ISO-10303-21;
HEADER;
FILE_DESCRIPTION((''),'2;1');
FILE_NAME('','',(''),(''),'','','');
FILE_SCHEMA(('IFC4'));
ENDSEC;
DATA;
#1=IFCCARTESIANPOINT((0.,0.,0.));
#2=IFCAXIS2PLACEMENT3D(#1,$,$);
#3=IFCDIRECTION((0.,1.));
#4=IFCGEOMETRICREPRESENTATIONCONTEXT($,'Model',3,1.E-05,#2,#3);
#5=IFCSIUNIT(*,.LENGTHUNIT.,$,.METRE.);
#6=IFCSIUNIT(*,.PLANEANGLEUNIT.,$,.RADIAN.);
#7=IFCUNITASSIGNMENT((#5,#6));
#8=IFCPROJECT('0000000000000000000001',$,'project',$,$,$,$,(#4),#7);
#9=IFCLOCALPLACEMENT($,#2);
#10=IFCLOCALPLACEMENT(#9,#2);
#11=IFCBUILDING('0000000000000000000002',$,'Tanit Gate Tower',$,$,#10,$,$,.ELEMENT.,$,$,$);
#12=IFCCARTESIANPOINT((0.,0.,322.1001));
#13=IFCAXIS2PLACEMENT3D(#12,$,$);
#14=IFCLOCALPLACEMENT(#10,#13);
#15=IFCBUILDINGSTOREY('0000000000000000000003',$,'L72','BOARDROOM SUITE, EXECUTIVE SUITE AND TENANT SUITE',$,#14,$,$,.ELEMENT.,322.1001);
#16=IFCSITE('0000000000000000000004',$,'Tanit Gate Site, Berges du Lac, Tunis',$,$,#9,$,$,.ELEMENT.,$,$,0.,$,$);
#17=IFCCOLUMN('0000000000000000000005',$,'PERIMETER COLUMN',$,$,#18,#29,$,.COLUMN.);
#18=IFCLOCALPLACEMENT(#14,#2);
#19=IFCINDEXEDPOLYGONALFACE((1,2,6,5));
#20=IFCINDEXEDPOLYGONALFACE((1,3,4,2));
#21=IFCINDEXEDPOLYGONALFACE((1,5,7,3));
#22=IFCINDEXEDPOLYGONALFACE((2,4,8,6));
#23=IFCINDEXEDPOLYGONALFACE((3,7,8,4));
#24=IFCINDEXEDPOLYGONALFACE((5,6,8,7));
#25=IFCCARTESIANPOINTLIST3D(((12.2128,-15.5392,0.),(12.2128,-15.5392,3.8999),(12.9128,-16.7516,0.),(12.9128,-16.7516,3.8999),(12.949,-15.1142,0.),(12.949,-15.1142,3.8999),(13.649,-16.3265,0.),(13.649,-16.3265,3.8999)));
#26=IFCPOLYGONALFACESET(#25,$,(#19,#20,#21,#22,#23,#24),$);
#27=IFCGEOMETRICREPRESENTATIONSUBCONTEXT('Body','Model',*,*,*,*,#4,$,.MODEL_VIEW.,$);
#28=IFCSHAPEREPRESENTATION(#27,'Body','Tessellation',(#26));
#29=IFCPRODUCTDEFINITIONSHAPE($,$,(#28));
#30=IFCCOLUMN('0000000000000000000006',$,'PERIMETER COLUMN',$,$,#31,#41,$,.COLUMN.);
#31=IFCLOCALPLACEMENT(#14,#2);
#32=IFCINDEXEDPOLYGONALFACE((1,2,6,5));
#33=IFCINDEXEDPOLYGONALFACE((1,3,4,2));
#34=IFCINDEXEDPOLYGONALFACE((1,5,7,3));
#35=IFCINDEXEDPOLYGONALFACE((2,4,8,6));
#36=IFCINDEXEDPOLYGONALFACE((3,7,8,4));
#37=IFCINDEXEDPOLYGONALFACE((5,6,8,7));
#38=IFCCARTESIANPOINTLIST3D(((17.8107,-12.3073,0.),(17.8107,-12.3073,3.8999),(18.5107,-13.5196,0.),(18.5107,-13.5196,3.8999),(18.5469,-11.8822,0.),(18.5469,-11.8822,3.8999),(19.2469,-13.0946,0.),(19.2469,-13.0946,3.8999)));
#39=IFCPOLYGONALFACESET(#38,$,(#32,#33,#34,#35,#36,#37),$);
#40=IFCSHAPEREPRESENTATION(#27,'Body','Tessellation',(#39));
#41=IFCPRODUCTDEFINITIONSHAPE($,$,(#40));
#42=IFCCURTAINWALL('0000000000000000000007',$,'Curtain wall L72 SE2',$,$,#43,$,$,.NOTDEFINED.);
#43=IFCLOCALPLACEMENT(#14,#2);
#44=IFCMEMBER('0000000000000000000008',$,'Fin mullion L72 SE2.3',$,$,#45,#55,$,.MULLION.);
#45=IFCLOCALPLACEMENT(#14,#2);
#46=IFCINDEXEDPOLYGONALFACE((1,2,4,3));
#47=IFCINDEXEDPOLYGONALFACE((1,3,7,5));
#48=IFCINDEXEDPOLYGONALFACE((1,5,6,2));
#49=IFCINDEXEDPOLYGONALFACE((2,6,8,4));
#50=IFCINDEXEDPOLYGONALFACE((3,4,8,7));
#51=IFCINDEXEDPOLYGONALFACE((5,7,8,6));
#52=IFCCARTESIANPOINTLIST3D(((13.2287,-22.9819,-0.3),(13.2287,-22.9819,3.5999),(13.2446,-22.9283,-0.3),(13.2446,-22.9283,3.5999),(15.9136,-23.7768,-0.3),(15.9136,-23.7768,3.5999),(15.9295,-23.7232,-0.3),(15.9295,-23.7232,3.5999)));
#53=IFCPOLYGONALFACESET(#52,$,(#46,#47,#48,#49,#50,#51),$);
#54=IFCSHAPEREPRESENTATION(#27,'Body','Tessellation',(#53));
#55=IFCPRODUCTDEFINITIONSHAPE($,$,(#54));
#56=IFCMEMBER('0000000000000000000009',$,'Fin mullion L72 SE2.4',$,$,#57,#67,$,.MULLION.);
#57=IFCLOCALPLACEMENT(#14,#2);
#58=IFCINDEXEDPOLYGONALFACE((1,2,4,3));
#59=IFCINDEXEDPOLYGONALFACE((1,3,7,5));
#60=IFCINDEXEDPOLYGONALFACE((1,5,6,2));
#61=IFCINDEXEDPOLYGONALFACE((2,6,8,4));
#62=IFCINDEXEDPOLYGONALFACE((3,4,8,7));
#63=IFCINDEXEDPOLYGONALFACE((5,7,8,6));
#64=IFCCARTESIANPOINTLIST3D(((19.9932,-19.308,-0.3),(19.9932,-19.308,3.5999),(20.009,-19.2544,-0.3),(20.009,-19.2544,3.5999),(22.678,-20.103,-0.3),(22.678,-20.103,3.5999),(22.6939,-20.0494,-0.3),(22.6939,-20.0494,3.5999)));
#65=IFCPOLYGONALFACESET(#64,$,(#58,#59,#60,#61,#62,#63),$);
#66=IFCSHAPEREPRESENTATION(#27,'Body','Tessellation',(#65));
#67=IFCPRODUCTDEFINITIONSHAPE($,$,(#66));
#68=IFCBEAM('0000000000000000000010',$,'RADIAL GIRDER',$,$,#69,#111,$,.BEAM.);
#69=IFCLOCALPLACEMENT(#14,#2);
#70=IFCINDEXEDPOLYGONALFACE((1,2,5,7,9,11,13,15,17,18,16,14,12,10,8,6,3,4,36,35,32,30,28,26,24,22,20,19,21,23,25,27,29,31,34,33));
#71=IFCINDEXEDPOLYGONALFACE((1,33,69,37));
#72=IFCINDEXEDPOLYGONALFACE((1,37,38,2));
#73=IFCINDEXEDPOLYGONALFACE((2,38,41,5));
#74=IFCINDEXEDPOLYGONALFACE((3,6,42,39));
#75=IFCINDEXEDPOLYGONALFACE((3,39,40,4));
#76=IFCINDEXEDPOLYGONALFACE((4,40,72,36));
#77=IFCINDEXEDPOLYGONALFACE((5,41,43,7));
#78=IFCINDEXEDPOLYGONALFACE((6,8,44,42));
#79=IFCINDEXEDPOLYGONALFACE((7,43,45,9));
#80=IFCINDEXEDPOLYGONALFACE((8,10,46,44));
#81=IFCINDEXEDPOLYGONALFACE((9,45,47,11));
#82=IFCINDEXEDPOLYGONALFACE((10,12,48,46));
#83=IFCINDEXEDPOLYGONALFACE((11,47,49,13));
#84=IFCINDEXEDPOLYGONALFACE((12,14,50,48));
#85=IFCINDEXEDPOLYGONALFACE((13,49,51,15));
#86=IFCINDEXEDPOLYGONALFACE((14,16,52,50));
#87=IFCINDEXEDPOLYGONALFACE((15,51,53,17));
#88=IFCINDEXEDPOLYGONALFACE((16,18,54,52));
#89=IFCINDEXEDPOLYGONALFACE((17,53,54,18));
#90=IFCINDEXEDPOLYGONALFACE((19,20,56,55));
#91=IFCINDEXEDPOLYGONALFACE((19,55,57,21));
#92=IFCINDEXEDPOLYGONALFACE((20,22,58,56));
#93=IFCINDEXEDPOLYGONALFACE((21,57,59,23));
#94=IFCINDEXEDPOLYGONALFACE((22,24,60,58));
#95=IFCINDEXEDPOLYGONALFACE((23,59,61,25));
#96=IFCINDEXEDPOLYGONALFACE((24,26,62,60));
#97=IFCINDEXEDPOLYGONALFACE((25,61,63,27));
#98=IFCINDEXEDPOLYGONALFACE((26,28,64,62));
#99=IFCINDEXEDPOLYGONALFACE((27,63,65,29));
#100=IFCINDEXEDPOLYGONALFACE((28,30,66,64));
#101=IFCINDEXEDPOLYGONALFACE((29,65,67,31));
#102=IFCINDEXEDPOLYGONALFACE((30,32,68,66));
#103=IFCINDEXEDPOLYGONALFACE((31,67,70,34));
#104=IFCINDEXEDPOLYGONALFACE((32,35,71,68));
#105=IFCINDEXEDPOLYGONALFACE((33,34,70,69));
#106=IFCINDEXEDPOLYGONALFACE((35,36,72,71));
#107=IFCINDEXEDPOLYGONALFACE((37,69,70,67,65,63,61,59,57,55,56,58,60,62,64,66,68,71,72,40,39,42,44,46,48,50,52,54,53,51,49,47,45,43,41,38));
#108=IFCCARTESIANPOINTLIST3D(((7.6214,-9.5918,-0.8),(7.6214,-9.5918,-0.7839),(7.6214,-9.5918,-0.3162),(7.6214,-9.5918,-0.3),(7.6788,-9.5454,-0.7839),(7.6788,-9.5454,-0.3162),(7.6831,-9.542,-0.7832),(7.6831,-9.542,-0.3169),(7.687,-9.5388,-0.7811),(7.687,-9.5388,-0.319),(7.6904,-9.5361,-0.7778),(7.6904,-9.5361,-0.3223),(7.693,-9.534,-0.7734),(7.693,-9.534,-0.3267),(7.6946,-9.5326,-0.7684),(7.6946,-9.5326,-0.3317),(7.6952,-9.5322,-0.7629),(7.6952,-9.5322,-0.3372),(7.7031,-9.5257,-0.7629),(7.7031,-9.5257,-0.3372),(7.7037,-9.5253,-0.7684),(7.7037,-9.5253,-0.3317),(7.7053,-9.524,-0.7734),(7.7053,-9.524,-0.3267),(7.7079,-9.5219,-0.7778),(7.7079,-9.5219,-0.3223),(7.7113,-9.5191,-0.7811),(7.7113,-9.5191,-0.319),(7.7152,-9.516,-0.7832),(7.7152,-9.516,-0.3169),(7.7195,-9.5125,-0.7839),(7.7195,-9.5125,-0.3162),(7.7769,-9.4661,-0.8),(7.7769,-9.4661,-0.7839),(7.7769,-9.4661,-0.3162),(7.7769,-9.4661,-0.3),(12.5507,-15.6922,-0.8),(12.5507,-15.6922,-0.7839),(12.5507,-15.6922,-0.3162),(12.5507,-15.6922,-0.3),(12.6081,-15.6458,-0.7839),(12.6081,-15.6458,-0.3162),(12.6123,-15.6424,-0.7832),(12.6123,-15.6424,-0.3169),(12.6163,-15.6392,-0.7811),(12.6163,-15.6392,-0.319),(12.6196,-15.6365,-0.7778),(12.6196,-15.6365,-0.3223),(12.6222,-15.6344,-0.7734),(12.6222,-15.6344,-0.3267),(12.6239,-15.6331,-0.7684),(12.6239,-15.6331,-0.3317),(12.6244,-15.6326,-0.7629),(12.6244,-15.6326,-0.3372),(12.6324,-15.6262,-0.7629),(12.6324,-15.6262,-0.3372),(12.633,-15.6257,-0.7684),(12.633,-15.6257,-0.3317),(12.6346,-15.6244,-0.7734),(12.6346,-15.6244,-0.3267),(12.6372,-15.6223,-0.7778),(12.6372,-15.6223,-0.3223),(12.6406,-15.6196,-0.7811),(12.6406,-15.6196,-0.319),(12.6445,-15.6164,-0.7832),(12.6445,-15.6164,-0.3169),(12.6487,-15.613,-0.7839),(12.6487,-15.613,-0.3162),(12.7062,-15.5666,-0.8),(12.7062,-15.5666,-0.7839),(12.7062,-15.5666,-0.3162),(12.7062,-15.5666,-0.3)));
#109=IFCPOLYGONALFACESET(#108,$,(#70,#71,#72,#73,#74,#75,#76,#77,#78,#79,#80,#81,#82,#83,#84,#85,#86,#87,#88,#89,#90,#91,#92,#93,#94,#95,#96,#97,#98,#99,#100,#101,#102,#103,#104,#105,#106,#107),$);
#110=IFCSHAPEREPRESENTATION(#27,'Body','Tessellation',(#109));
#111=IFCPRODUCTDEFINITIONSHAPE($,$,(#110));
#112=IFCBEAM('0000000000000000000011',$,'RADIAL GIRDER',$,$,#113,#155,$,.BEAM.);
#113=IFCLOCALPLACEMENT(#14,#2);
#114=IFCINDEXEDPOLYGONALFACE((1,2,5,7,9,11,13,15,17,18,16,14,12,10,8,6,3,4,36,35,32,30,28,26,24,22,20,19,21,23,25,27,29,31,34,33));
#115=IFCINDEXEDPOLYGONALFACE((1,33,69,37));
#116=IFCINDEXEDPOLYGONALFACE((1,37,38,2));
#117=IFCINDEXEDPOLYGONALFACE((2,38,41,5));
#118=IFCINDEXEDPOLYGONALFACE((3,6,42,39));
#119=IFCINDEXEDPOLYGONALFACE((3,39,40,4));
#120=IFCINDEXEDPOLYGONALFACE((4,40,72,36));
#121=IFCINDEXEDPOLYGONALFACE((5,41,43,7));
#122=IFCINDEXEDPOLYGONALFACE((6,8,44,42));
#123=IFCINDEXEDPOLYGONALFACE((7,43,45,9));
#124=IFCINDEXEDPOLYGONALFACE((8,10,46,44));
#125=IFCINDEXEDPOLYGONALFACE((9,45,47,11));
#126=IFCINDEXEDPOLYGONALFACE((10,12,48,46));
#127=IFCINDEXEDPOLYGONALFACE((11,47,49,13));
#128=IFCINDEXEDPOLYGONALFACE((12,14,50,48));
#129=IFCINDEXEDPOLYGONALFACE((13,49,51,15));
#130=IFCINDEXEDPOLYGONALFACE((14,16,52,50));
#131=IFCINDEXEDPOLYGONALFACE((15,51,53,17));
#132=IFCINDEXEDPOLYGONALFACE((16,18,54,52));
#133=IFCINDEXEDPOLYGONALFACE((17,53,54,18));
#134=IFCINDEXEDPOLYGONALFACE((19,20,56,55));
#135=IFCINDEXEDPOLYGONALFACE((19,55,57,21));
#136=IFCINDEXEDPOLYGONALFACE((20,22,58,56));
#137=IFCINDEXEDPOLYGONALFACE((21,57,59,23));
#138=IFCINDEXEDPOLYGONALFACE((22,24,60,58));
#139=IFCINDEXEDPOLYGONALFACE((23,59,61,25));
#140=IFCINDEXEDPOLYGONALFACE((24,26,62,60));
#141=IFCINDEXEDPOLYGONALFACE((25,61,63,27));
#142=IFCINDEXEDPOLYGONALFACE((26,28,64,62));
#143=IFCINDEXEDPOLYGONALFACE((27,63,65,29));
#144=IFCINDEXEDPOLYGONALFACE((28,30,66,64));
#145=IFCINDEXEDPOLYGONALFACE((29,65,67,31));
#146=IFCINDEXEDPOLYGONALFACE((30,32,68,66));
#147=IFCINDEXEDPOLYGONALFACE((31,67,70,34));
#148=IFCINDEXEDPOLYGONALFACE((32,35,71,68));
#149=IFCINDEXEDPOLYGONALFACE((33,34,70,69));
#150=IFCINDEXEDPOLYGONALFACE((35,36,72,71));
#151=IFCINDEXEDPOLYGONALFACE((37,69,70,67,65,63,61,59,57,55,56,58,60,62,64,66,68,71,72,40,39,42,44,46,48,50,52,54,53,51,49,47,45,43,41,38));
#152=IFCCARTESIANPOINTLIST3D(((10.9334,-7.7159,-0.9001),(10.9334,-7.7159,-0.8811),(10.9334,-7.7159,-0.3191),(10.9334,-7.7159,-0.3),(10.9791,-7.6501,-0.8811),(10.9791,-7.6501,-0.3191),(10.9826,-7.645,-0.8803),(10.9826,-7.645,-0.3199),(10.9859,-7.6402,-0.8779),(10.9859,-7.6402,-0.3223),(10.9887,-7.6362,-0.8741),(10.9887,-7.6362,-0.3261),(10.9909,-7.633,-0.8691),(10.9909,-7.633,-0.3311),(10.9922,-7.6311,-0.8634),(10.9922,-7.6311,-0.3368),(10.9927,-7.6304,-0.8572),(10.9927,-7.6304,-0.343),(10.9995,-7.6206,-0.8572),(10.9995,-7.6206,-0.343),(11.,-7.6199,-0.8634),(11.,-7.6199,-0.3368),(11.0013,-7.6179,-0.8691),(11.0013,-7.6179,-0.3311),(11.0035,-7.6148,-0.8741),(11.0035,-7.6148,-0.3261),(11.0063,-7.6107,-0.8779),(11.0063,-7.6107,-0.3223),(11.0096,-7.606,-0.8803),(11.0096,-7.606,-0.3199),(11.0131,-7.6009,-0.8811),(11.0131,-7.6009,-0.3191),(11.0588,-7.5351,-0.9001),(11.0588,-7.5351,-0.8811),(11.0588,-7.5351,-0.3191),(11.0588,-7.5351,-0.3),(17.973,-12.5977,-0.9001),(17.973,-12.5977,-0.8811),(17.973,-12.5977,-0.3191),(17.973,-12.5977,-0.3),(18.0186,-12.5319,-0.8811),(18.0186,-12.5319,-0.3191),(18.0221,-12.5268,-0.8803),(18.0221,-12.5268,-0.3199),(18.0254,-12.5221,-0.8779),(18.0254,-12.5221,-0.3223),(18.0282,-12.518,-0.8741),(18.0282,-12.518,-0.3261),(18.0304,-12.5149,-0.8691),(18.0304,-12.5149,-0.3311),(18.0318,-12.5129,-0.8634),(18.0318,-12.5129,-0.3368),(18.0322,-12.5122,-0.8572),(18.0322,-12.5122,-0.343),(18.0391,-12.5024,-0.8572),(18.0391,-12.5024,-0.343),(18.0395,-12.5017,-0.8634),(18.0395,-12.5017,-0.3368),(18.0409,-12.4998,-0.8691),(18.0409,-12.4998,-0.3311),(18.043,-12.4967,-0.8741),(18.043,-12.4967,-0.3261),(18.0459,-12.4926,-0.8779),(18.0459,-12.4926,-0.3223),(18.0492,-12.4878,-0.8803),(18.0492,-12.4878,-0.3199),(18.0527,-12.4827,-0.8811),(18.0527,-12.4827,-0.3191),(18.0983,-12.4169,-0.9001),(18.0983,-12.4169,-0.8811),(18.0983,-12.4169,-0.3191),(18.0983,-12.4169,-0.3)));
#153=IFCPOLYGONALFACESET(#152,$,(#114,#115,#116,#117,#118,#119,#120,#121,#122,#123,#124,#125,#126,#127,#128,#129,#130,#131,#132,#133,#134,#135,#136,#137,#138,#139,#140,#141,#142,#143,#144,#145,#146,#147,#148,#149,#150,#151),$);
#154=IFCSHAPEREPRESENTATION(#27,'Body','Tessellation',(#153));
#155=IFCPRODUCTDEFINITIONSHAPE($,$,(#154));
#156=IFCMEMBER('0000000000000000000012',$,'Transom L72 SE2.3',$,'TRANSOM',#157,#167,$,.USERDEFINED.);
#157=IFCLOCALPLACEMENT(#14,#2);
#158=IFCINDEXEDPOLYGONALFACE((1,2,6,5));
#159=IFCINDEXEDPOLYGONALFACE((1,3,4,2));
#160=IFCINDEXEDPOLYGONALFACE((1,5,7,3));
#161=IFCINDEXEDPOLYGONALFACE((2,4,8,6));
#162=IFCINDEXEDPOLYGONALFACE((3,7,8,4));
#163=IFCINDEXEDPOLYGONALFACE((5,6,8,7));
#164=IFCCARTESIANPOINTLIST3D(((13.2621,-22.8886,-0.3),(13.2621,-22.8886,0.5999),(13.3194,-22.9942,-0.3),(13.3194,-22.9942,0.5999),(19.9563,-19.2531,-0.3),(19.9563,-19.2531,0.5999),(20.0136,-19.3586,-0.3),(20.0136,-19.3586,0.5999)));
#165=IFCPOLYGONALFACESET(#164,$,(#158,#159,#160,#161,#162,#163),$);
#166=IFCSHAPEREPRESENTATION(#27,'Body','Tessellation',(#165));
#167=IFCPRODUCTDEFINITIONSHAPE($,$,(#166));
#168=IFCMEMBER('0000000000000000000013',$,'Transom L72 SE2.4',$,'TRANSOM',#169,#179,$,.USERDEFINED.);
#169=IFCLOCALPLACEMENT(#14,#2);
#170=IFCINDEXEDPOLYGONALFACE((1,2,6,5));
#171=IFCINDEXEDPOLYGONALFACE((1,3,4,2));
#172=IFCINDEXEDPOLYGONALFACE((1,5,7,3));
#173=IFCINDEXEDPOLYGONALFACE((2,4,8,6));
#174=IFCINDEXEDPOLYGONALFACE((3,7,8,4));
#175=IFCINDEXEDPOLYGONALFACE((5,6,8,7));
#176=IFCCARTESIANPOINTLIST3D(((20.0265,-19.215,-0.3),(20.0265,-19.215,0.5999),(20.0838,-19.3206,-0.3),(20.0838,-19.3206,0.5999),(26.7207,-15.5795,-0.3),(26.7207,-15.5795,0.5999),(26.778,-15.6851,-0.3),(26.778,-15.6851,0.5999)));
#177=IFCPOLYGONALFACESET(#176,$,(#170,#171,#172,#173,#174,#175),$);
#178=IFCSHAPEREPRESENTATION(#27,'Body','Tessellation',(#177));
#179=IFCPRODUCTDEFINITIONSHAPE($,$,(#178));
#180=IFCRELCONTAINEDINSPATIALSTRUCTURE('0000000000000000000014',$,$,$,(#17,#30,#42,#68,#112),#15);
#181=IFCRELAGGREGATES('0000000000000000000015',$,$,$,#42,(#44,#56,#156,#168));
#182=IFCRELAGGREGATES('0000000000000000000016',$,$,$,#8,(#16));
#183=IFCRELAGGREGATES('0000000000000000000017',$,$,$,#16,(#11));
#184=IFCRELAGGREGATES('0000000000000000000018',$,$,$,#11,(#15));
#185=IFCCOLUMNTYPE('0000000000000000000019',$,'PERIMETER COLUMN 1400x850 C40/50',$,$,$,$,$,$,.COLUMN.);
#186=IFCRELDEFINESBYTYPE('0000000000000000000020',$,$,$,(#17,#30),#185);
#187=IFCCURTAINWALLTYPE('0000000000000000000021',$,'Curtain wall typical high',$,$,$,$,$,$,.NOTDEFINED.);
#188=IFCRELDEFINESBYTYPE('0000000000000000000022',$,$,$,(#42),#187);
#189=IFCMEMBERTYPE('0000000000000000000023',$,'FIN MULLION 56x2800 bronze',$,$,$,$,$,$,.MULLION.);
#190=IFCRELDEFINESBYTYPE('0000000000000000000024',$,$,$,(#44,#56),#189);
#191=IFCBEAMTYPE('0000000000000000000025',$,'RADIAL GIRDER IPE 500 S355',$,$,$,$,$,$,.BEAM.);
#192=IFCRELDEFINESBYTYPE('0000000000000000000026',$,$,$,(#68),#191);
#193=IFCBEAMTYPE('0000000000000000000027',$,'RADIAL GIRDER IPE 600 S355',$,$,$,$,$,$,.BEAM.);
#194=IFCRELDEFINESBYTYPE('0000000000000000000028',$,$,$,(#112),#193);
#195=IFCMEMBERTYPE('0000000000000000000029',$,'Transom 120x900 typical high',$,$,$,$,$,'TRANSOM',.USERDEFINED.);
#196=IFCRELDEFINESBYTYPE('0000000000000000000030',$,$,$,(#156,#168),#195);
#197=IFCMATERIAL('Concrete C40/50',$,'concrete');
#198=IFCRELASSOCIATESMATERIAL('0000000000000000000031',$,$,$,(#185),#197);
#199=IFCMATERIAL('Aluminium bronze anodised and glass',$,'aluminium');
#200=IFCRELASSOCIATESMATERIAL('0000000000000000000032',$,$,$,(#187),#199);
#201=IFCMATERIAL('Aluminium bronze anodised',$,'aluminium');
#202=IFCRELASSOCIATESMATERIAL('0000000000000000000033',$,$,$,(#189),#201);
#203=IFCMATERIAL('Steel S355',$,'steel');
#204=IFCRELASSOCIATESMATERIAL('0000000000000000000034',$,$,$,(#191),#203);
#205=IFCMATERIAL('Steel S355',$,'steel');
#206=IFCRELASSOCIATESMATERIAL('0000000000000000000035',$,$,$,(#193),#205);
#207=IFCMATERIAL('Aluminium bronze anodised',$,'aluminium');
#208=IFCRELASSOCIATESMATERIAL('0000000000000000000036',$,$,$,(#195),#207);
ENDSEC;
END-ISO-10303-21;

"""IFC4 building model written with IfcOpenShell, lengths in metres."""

from ifc_helpers import new_model, si_unit, direction, frame, origin, origin_2d, place, context, subcontext, project, spatial, rectangle, i_section, extrude, material, material_profile, profile_set, type_object, element, aggregate, save


model = new_model("IFC4")

# Units and contexts
model_context = context("Model", 3, precision=1e-05, world=origin(), true_north=direction((0.0, 1.0)))
body_context = subcontext(model_context, "Body", "Model", "MODEL_VIEW")
ifc_project = project(units=[si_unit("LENGTHUNIT", "METRE"), si_unit("PLANEANGLEUNIT", "RADIAN")], contexts=[model_context])

# Site, building, storey
site_placement = place(None, origin())
site = spatial("IfcSite", under=ifc_project, at=site_placement, Name="Tanit Gate Site, Berges du Lac, Tunis", CompositionType="ELEMENT", RefElevation=0.0)
building_placement = place(site_placement, origin())
building = spatial("IfcBuilding", under=site, at=building_placement, Name="Tanit Gate Tower", CompositionType="ELEMENT")
storey_placement = place(building_placement, frame((0.0, 0.0, 322.1001)))
storey = spatial("IfcBuildingStorey", under=building, at=storey_placement, Name="L72", Description="BOARDROOM SUITE, EXECUTIVE SUITE AND TENANT SUITE", CompositionType="ELEMENT", Elevation=322.1001)

# Columns
ifc_material_1 = material(Name="Concrete C40/50", Category="concrete")
ifc_material_profile_1 = material_profile(ifc_material_1, rectangle(XDim=1.3999, YDim=0.8501, at=origin_2d()), Name="RC 1400x850")
ifc_profile_set_1 = profile_set([ifc_material_profile_1], Name="Concrete C40/50")
column_type = type_object("IfcColumnType", Name="PERIMETER COLUMN 1400x850 C40/50", PredefinedType="COLUMN", material=ifc_profile_set_1)
for number, where, z_axis, x_axis, name in (
    (1, (12.9309, -15.9329, 0.0), (0.0, 0.0, 1.0), (0.5, -0.866025, 0.0), "PERIMETER COLUMN"),
    (2, (18.5288, -12.7009, 0.0), (0.0, 0.0, 1.0), (0.5, -0.866025, 0.0), "PERIMETER COLUMN"),
):
    element("IfcColumn", number, at=place(storey_placement, frame(where, z_axis=z_axis, x_axis=x_axis)), inside=storey, type_object=column_type, Name=name, PredefinedType="COLUMN", context=body_context, shape_type="SweptSolid", body=[
        extrude(rectangle(XDim=1.3999, YDim=0.8501, at=origin_2d()), origin(), (0.0, 0.0, 1.0), 3.8999),
    ])

# Curtain wall, members
ifc_material_2 = material(Name="Aluminium bronze anodised and glass", Category="aluminium")
curtain_wall_type = type_object("IfcCurtainWallType", Name="Curtain wall typical high", PredefinedType="NOTDEFINED", material=ifc_material_2)
curtain_wall_placement = place(storey_placement, origin())
curtain_wall = element("IfcCurtainWall", 3, at=curtain_wall_placement, inside=storey, type_object=curtain_wall_type, Name="Curtain wall L72 SE2", PredefinedType="NOTDEFINED")
ifc_material_3 = material(Name="Aluminium bronze anodised", Category="aluminium")
ifc_material_profile_2 = material_profile(ifc_material_3, rectangle(XDim=2.8, YDim=0.0559, at=origin_2d()), Name="56x2800 bronze fin mullion")
ifc_profile_set_2 = profile_set([ifc_material_profile_2], Name="Aluminium bronze anodised")
member_type_1 = type_object("IfcMemberType", Name="FIN MULLION 56x2800 bronze", PredefinedType="MULLION", material=ifc_profile_set_2)
member_1_placement = place(storey_placement, frame((14.5791, -23.3525, -0.3), z_axis=(0.0, 0.0, 1.0), x_axis=(-0.958852, 0.283906, 0.0)))
member_1 = element("IfcMember", 4, at=member_1_placement, type_object=member_type_1, Name="Fin mullion L72 SE2.3", PredefinedType="MULLION", context=body_context, shape_type="SweptSolid", body=[
    extrude(rectangle(XDim=2.8, YDim=0.0559, at=origin_2d()), origin(), (0.0, 0.0, 1.0), 3.8999),
])
member_2_placement = place(storey_placement, frame((21.3435, -19.6787, -0.3), z_axis=(0.0, 0.0, 1.0), x_axis=(-0.958852, 0.283906, 0.0)))
member_2 = element("IfcMember", 5, at=member_2_placement, type_object=member_type_1, Name="Fin mullion L72 SE2.4", PredefinedType="MULLION", context=body_context, shape_type="SweptSolid", body=[
    extrude(rectangle(XDim=2.8, YDim=0.0559, at=origin_2d()), origin(), (0.0, 0.0, 1.0), 3.8999),
])

# Beams
ifc_material_4 = material(Name="Steel S355", Category="steel")
ifc_material_profile_3 = material_profile(ifc_material_4, i_section(OverallWidth=0.2, OverallDepth=0.5, WebThickness=0.0103, FlangeThickness=0.0161, FilletRadius=0.021, at=origin_2d()), Name="IPE 500")
ifc_profile_set_3 = profile_set([ifc_material_profile_3], Name="Steel S355")
beam_type_1 = type_object("IfcBeamType", Name="RADIAL GIRDER IPE 500 S355", PredefinedType="BEAM", material=ifc_profile_set_3)
beam_1_placement = place(storey_placement, frame((12.6284, -15.6294, -0.55), z_axis=(-0.628491, 0.777817, 0.0), x_axis=(-0.777817, -0.628491, 0.0)))
element("IfcBeam", 6, at=beam_1_placement, inside=storey, type_object=beam_type_1, Name="RADIAL GIRDER", PredefinedType="BEAM", context=body_context, shape_type="SweptSolid", body=[
    extrude(i_section(OverallWidth=0.2, OverallDepth=0.5, WebThickness=0.0103, FlangeThickness=0.0161, FilletRadius=0.021, at=origin_2d()), origin(), (0.0, 0.0, 1.0), 7.843),
])
ifc_material_5 = material(Name="Steel S355", Category="steel")
ifc_material_profile_4 = material_profile(ifc_material_5, i_section(OverallWidth=0.22, OverallDepth=0.6001, WebThickness=0.012, FlangeThickness=0.019, FilletRadius=0.0239, at=origin_2d()), Name="IPE 600")
ifc_profile_set_4 = profile_set([ifc_material_profile_4], Name="Steel S355")
beam_type_2 = type_object("IfcBeamType", Name="RADIAL GIRDER IPE 600 S355", PredefinedType="BEAM", material=ifc_profile_set_4)
beam_2_placement = place(storey_placement, frame((18.0356, -12.5073, -0.6001), z_axis=(-0.821738, 0.569865, 0.0), x_axis=(-0.569865, -0.821738, 0.0)))
element("IfcBeam", 7, at=beam_2_placement, inside=storey, type_object=beam_type_2, Name="RADIAL GIRDER", PredefinedType="BEAM", context=body_context, shape_type="SweptSolid", body=[
    extrude(i_section(OverallWidth=0.22, OverallDepth=0.6001, WebThickness=0.012, FlangeThickness=0.019, FilletRadius=0.0239, at=origin_2d()), origin(), (0.0, 0.0, 1.0), 8.5667),
])

# Members
ifc_material_6 = material(Name="Aluminium bronze anodised", Category="aluminium")
ifc_material_profile_5 = material_profile(ifc_material_6, rectangle(XDim=0.1201, YDim=0.8999, at=origin_2d()), Name="120x900 bronze transom")
ifc_profile_set_5 = profile_set([ifc_material_profile_5], Name="Aluminium bronze anodised")
member_type_2 = type_object("IfcMemberType", Name="Transom 120x900 typical high", ElementType="TRANSOM", PredefinedType="USERDEFINED", material=ifc_profile_set_5)
member_3_placement = place(storey_placement, frame((13.2908, -22.9414, 0.1499), z_axis=(0.878767, 0.47725, 0.0), x_axis=(-0.47725, 0.878767, 0.0)))
member_3 = element("IfcMember", 8, at=member_3_placement, type_object=member_type_2, Name="Transom L72 SE2.3", ObjectType="TRANSOM", PredefinedType="USERDEFINED", context=body_context, shape_type="SweptSolid", body=[
    extrude(rectangle(XDim=0.1201, YDim=0.8999, at=origin_2d()), origin(), (0.0, 0.0, 1.0), 7.6177),
])
member_4_placement = place(storey_placement, frame((20.0552, -19.2678, 0.1499), z_axis=(0.878767, 0.47725, 0.0), x_axis=(-0.47725, 0.878767, 0.0)))
member_4 = element("IfcMember", 9, at=member_4_placement, type_object=member_type_2, Name="Transom L72 SE2.4", ObjectType="TRANSOM", PredefinedType="USERDEFINED", context=body_context, shape_type="SweptSolid", body=[
    extrude(rectangle(XDim=0.1201, YDim=0.8999, at=origin_2d()), origin(), (0.0, 0.0, 1.0), 7.6177),
])

aggregate(curtain_wall, [member_1, member_2, member_3, member_4])

save(model, "model.ifc")
